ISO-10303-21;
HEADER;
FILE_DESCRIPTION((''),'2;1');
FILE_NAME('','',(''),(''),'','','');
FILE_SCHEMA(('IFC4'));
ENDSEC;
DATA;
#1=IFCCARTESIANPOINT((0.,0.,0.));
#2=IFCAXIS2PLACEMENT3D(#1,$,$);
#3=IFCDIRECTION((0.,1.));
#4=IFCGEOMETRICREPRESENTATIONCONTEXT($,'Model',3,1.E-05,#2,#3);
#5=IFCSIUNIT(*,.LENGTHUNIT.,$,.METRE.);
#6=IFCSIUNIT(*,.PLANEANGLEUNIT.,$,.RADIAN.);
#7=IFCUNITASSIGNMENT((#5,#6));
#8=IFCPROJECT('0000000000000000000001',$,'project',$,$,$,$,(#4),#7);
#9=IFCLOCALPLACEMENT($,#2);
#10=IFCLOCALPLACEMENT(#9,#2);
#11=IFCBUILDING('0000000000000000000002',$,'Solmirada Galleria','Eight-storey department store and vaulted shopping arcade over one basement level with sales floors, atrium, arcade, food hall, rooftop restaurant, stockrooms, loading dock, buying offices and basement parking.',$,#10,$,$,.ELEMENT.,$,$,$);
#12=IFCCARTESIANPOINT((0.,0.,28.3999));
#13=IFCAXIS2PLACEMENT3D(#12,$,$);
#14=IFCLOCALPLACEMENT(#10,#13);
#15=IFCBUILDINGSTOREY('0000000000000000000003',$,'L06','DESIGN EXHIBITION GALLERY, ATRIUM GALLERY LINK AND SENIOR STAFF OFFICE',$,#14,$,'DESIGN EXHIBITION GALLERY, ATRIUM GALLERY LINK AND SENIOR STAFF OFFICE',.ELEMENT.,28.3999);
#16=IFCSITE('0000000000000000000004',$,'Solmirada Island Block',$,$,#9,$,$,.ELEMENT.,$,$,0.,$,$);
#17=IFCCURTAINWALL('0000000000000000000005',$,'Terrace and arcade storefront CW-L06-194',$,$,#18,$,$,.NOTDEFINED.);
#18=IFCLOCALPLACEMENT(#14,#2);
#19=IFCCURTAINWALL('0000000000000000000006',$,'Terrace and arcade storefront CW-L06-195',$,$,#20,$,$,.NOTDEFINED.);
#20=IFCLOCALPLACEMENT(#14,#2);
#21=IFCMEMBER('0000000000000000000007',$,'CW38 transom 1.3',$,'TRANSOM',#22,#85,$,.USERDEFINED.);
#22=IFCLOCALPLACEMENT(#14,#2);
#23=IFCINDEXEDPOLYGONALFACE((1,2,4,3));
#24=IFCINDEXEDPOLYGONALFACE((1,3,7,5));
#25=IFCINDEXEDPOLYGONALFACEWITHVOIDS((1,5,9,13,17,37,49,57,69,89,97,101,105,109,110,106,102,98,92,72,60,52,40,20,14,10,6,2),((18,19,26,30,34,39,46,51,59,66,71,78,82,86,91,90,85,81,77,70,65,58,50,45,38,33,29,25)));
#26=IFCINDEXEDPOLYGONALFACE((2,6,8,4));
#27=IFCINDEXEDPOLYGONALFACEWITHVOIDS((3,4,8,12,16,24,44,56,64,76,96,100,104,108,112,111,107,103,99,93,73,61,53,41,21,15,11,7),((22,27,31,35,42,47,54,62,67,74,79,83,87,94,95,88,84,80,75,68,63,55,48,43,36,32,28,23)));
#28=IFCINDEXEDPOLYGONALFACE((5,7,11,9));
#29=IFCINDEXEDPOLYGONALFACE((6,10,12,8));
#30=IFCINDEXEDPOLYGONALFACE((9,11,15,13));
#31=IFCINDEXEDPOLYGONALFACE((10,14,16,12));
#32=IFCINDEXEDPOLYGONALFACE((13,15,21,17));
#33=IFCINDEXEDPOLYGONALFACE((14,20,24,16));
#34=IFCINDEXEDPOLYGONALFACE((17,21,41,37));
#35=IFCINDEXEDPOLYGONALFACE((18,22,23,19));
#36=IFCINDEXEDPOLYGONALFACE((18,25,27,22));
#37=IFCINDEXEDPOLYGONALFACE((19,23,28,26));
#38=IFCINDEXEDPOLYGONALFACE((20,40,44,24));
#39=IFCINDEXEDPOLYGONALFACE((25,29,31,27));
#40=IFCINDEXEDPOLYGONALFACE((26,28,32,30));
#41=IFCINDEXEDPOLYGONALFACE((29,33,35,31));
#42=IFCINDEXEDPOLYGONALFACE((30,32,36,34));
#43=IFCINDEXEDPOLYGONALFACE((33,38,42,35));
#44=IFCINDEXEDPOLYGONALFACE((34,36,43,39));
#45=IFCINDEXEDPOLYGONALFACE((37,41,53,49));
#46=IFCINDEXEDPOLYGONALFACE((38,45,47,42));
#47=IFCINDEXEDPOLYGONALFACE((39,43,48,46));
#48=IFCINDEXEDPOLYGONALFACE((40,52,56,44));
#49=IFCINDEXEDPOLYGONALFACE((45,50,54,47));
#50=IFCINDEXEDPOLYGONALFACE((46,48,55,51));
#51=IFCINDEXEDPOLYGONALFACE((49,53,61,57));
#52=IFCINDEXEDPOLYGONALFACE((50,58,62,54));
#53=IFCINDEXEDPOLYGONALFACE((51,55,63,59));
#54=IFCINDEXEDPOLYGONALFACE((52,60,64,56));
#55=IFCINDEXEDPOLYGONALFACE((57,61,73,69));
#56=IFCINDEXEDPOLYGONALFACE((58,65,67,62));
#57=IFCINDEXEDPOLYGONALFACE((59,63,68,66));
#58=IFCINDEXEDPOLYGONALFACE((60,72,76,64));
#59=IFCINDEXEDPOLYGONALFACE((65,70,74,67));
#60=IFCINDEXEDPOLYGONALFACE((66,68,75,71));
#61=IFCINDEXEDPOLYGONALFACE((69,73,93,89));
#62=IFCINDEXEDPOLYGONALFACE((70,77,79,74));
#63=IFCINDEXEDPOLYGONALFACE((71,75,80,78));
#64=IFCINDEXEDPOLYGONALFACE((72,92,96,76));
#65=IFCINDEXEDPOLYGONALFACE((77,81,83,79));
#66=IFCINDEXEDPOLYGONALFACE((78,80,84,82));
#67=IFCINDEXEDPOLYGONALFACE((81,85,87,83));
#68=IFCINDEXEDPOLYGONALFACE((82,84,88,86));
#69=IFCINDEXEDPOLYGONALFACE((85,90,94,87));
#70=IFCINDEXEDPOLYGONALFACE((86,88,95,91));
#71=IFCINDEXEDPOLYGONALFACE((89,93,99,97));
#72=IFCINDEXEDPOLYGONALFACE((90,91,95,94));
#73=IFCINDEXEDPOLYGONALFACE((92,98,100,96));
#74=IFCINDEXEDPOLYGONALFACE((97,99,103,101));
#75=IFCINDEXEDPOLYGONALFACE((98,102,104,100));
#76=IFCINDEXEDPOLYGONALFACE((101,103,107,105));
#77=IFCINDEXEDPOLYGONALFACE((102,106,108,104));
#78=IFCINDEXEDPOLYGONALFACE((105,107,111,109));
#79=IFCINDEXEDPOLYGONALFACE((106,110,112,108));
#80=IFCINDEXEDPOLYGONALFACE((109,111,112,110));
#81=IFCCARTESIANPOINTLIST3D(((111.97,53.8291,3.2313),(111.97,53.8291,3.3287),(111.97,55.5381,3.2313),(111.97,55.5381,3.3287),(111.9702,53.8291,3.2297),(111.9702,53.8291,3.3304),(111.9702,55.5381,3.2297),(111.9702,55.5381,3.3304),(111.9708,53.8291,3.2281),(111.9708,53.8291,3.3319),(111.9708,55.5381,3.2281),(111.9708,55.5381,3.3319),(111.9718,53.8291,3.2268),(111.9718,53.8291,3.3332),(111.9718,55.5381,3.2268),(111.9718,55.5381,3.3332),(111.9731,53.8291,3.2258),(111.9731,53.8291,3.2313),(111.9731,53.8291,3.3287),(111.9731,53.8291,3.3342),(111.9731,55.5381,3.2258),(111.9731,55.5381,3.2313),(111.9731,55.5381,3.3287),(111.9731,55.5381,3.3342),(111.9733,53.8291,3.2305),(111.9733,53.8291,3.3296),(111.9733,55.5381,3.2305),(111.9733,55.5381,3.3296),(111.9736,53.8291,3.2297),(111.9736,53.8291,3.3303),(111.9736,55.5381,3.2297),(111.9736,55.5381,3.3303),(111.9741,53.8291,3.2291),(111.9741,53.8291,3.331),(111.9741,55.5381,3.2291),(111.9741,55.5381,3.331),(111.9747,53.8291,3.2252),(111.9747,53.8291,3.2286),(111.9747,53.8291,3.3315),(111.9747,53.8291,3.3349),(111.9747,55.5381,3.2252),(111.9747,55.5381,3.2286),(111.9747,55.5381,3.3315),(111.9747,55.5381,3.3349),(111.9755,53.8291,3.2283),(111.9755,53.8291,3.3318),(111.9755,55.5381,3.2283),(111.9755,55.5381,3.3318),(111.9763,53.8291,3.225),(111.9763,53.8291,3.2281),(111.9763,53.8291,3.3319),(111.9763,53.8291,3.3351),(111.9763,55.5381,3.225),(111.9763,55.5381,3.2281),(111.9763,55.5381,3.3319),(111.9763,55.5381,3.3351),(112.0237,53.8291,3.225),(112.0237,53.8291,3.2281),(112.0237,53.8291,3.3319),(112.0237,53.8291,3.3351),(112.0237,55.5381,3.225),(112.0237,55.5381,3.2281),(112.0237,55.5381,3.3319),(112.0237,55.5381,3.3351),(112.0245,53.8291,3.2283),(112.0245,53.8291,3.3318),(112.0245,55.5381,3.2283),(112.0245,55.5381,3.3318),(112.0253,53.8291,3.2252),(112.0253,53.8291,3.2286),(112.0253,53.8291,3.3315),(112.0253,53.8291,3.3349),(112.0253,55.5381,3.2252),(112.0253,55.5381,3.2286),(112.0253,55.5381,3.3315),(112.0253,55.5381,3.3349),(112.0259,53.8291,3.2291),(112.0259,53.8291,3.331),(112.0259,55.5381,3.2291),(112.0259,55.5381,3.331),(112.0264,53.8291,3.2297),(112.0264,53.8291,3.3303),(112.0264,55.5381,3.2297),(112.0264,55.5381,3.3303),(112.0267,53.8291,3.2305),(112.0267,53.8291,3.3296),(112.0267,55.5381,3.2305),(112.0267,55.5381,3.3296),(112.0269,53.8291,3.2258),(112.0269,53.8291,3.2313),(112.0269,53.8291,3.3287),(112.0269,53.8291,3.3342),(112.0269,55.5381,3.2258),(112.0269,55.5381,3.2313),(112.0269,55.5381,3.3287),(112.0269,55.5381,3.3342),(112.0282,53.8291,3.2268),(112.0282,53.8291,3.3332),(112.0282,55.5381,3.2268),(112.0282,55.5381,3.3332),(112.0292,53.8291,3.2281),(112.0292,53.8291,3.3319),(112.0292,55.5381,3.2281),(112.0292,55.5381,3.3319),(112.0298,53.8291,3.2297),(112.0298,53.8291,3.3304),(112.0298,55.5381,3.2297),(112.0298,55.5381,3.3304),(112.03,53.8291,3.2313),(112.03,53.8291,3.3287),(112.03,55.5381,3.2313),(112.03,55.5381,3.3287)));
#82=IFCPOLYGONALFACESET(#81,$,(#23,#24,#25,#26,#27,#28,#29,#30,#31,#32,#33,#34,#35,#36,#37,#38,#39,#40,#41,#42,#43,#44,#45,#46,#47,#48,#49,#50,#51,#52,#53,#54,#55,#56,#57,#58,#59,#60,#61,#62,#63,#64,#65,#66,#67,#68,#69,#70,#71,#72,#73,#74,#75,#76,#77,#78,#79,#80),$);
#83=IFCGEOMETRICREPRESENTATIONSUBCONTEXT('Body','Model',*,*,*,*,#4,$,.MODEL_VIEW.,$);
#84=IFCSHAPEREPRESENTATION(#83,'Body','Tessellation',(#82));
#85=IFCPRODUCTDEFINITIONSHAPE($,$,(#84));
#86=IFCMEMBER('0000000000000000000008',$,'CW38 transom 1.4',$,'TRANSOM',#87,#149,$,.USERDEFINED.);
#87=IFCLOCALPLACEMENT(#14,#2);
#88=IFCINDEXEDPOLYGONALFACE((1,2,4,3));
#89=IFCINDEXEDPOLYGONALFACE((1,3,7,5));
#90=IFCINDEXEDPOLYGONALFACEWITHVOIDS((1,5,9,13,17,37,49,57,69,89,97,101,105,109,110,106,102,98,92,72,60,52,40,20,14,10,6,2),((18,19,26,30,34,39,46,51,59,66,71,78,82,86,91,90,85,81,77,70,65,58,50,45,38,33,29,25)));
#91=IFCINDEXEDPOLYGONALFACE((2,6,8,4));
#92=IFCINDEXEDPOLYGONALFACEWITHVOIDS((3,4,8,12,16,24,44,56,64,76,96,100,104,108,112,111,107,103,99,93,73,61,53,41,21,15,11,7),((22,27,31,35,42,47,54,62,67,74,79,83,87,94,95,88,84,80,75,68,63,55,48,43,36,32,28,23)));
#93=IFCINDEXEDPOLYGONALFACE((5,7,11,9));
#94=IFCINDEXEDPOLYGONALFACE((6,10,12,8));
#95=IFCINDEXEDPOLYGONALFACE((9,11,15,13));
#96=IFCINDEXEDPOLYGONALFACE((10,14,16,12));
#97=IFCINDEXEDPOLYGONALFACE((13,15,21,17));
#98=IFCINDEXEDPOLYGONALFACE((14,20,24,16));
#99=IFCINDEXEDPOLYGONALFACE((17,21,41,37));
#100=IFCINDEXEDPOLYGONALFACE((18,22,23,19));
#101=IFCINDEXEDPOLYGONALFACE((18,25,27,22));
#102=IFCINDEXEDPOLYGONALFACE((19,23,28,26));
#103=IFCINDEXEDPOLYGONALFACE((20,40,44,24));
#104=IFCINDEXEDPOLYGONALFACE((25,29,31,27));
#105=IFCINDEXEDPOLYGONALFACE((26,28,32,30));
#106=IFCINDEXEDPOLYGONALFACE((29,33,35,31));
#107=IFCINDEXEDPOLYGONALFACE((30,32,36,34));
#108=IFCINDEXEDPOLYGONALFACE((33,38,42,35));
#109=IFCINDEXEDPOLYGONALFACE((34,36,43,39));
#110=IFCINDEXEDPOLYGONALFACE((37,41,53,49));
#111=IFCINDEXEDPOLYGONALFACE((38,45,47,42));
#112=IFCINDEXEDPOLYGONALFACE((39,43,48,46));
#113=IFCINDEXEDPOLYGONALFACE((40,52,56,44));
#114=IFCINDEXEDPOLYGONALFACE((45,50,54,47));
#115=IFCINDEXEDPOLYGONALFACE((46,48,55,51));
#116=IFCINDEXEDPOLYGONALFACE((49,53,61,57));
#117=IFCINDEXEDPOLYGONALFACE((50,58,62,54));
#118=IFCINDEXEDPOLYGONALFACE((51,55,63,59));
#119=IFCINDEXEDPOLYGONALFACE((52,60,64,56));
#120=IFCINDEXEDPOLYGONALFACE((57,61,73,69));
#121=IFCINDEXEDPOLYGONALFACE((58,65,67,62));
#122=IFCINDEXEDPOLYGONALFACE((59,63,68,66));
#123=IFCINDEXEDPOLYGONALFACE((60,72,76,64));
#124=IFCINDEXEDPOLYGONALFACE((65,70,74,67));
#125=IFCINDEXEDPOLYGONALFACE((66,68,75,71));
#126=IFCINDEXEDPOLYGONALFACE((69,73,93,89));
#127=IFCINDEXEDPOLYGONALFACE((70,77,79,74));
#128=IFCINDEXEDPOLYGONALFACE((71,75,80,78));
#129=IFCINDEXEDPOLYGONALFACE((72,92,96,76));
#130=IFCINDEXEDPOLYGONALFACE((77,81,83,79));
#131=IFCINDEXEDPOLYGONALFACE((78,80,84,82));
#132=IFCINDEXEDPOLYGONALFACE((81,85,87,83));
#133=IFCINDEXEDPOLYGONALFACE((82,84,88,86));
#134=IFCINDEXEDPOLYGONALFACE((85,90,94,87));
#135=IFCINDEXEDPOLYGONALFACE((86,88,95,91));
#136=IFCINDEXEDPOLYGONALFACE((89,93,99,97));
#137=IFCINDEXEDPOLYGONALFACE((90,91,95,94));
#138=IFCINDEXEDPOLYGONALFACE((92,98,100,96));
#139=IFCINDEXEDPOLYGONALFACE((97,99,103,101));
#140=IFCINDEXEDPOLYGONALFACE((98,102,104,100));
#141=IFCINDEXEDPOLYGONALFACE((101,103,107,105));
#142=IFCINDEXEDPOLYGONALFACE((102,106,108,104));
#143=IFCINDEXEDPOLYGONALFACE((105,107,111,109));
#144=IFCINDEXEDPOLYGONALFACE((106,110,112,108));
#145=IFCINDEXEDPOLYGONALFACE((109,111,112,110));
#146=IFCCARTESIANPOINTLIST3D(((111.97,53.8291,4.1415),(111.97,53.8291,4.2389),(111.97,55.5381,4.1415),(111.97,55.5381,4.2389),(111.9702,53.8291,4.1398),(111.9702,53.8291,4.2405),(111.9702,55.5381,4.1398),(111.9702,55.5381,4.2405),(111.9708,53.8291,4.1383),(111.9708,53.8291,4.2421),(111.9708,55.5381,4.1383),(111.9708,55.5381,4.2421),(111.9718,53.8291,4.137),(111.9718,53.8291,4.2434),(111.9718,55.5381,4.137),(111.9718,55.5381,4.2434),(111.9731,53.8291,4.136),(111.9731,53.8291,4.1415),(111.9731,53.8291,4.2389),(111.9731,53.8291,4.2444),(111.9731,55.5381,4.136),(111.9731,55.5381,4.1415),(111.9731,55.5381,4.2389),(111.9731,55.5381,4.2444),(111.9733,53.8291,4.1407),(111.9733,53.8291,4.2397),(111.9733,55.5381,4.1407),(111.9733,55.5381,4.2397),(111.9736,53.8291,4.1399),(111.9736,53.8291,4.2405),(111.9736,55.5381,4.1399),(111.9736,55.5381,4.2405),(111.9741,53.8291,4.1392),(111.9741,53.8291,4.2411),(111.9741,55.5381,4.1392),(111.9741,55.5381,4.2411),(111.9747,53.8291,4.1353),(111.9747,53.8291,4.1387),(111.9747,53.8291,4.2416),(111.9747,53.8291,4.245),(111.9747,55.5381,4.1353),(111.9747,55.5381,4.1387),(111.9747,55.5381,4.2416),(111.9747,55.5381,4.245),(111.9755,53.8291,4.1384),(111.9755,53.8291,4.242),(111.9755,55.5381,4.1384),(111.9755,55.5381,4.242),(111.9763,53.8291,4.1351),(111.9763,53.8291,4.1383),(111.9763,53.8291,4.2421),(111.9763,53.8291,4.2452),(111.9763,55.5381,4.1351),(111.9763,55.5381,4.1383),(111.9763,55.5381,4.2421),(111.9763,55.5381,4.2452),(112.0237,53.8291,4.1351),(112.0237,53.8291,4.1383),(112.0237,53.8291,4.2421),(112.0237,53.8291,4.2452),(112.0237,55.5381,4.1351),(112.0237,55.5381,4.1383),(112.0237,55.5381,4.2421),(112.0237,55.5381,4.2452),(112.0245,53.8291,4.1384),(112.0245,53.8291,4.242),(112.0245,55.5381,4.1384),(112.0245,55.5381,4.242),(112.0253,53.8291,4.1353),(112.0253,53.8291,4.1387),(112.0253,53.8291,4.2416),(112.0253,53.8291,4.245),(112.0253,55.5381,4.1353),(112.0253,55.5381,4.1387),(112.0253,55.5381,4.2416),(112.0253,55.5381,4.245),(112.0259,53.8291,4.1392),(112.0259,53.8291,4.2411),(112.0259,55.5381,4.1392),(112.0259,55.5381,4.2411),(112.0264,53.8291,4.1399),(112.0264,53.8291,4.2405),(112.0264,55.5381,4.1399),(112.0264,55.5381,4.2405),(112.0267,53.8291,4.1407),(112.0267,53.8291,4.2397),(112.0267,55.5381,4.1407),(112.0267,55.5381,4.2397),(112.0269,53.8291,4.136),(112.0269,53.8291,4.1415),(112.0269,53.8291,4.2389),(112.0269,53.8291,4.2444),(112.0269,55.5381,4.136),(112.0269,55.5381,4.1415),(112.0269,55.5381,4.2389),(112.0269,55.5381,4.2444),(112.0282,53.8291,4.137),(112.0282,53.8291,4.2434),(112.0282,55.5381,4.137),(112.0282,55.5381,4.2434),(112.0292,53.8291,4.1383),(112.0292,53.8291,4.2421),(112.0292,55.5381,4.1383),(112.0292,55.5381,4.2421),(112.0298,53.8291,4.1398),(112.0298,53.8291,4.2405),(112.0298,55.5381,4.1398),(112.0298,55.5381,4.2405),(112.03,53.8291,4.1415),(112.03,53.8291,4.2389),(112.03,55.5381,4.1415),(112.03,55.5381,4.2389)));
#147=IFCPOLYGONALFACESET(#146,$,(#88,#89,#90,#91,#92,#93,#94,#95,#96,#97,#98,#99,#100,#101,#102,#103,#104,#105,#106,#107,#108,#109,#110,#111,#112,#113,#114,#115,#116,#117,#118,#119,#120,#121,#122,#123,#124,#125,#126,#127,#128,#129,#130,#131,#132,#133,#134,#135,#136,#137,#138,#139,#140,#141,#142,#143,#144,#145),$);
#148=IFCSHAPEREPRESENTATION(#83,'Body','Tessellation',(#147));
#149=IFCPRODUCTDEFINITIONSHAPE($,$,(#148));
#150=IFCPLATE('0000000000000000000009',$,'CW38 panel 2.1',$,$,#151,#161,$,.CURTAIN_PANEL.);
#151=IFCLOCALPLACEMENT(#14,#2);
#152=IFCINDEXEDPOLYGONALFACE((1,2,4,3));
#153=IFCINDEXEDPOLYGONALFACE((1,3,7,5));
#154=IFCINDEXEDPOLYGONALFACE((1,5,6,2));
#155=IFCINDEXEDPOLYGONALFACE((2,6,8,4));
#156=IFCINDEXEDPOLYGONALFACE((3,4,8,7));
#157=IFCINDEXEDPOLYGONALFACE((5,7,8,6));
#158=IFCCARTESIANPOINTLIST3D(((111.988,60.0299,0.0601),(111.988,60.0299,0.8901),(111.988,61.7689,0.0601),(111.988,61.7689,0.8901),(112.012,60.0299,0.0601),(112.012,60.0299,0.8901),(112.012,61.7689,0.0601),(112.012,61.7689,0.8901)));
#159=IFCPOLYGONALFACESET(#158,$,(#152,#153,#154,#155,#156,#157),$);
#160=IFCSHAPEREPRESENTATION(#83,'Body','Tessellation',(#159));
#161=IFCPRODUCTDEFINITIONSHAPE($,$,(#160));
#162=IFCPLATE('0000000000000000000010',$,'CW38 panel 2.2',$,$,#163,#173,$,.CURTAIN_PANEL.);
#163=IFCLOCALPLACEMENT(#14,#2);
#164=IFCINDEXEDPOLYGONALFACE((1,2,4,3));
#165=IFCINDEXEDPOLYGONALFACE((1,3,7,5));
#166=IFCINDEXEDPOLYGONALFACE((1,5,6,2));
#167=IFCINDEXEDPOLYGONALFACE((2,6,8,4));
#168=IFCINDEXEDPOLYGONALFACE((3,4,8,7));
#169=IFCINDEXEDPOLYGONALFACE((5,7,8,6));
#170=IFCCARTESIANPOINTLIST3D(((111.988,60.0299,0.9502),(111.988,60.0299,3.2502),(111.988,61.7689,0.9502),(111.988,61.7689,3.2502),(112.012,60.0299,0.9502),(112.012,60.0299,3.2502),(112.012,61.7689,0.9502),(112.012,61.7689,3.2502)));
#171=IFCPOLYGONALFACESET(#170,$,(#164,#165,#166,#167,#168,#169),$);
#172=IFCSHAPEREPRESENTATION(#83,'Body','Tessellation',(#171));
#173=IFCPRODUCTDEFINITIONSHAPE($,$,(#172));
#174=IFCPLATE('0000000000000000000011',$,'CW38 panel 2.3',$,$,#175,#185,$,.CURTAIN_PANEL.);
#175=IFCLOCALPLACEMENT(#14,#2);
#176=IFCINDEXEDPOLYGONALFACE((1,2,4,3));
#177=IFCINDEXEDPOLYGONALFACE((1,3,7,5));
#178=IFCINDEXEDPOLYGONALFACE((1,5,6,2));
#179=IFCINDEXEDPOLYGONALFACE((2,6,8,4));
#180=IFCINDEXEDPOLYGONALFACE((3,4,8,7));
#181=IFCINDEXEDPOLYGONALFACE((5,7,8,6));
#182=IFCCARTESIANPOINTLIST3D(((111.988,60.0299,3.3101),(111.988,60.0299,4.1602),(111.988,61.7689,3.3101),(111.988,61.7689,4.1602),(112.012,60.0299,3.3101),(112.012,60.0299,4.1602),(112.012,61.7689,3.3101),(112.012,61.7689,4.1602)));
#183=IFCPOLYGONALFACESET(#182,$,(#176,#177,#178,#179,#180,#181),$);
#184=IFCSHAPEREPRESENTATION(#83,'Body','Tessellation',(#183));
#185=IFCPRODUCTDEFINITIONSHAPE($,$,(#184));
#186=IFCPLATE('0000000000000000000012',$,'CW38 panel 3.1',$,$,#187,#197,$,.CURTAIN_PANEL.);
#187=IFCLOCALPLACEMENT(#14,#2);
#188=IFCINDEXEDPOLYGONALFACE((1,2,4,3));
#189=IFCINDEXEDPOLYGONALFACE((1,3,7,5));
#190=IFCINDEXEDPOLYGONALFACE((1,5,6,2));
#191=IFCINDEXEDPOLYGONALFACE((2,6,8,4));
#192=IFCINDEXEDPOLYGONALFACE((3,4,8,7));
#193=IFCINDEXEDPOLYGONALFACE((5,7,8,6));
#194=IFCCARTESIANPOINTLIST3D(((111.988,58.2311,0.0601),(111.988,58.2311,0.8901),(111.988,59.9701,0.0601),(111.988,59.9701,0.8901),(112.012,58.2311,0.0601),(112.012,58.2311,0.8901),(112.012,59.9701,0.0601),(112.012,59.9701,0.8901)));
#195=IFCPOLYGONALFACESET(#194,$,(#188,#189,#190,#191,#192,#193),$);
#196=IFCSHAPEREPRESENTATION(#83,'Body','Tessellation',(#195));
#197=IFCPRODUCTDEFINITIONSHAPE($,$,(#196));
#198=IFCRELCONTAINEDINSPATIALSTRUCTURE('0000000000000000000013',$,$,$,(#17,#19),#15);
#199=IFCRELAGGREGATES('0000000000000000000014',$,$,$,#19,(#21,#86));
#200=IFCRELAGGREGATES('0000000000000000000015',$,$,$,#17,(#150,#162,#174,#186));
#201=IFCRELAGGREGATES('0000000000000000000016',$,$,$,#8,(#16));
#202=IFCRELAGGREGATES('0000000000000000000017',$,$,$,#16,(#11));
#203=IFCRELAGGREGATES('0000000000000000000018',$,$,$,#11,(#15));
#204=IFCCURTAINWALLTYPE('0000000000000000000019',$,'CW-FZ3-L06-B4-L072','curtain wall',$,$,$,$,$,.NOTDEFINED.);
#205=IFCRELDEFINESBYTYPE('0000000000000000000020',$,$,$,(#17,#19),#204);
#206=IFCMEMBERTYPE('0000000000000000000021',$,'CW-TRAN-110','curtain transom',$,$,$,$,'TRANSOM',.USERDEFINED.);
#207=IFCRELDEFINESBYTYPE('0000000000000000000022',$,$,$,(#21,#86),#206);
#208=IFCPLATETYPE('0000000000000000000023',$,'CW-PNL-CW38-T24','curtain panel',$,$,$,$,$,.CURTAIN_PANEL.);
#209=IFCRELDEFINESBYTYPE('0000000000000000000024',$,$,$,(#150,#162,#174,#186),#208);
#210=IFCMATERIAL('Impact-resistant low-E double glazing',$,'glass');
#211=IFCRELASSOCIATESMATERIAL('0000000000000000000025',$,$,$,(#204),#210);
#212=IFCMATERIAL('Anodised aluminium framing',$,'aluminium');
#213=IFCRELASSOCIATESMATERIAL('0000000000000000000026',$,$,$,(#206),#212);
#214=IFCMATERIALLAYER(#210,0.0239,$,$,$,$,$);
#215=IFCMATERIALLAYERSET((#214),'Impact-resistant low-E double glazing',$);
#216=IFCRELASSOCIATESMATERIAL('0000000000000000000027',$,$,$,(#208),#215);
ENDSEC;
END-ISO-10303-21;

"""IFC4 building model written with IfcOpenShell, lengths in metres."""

from ifc_helpers import new_model, si_unit, direction, frame, origin, origin_2d, place, context, subcontext, project, spatial, rectangle, hollow_rectangle, extrude, material, layer, layer_set, material_profile, profile_set, type_object, element, aggregate, save


model = new_model("IFC4")

# Units and contexts
model_context = context("Model", 3, precision=1e-05, world=origin(), true_north=direction((0.0, 1.0)))
body_context = subcontext(model_context, "Body", "Model", "MODEL_VIEW")
ifc_project = project(units=[si_unit("LENGTHUNIT", "METRE"), si_unit("PLANEANGLEUNIT", "RADIAN")], contexts=[model_context])

# Site, building, storey
site_placement = place(None, origin())
site = spatial("IfcSite", under=ifc_project, at=site_placement, Name="Solmirada Island Block", CompositionType="ELEMENT", RefElevation=0.0)
building_placement = place(site_placement, origin())
building = spatial("IfcBuilding", under=site, at=building_placement, Name="Solmirada Galleria", Description="Eight-storey department store and vaulted shopping arcade over one basement level with sales floors, atrium, arcade, food hall, rooftop restaurant, stockrooms, loading dock, buying offices and basement parking.", CompositionType="ELEMENT")
storey_placement = place(building_placement, frame((0.0, 0.0, 28.3999)))
storey = spatial("IfcBuildingStorey", under=building, at=storey_placement, Name="L06", Description="DESIGN EXHIBITION GALLERY, ATRIUM GALLERY LINK AND SENIOR STAFF OFFICE", LongName="DESIGN EXHIBITION GALLERY, ATRIUM GALLERY LINK AND SENIOR STAFF OFFICE", CompositionType="ELEMENT", Elevation=28.3999)

# Curtain wall
ifc_material_1 = material(Name="Impact-resistant low-E double glazing", Category="glass")
curtain_wall_type = type_object("IfcCurtainWallType", Name="CW-FZ3-L06-B4-L072", Description="curtain wall", PredefinedType="NOTDEFINED", material=ifc_material_1)
curtain_wall_1_placement = place(storey_placement, origin())
curtain_wall_1 = element("IfcCurtainWall", 1, at=curtain_wall_1_placement, inside=storey, type_object=curtain_wall_type, Name="Terrace and arcade storefront CW-L06-194", PredefinedType="NOTDEFINED")
ifc_material_2 = material(Name="Anodised aluminium framing", Category="aluminium")

# Curtain wall
curtain_wall_2_placement = place(storey_placement, origin())
curtain_wall_2 = element("IfcCurtainWall", 2, at=curtain_wall_2_placement, inside=storey, type_object=curtain_wall_type, Name="Terrace and arcade storefront CW-L06-195", PredefinedType="NOTDEFINED")

# Members
ifc_material_profile_1 = material_profile(ifc_material_2, hollow_rectangle(XDim=0.0601, YDim=0.1101, WallThickness=0.0032, InnerFilletRadius=0.0032, OuterFilletRadius=0.0063, at=origin_2d()), Name="ALU-TRAN-110X60")
ifc_profile_set_1 = profile_set([ifc_material_profile_1], Name="Anodised aluminium framing")
member_type_1 = type_object("IfcMemberType", Name="CW-TRAN-110", Description="curtain transom", ElementType="TRANSOM", PredefinedType="USERDEFINED", material=ifc_profile_set_1)
member_1_placement = place(storey_placement, frame((112.0, 55.5381, 3.28), z_axis=(0.0, -1.0, 0.0), x_axis=(1.0, 0.0, 0.0)))
member_1 = element("IfcMember", 3, at=member_1_placement, type_object=member_type_1, Name="CW38 transom 1.3", ObjectType="TRANSOM", PredefinedType="USERDEFINED", context=body_context, shape_type="SweptSolid", body=[
    extrude(hollow_rectangle(XDim=0.0601, YDim=0.1101, WallThickness=0.0032, InnerFilletRadius=0.0032, OuterFilletRadius=0.0063, at=origin_2d()), origin(), (0.0, 0.0, 1.0), 1.709),
])
member_2_placement = place(storey_placement, frame((112.0, 55.5381, 4.1902), z_axis=(0.0, -1.0, 0.0), x_axis=(1.0, 0.0, 0.0)))
member_2 = element("IfcMember", 4, at=member_2_placement, type_object=member_type_1, Name="CW38 transom 1.4", ObjectType="TRANSOM", PredefinedType="USERDEFINED", context=body_context, shape_type="SweptSolid", body=[
    extrude(hollow_rectangle(XDim=0.0601, YDim=0.1101, WallThickness=0.0032, InnerFilletRadius=0.0032, OuterFilletRadius=0.0063, at=origin_2d()), origin(), (0.0, 0.0, 1.0), 1.709),
])
aggregate(curtain_wall_2, [member_1, member_2])

# Plates
ifc_layer = layer(ifc_material_1, 0.0239)
ifc_layer_set = layer_set([ifc_layer], Name="Impact-resistant low-E double glazing")
plate_type = type_object("IfcPlateType", Name="CW-PNL-CW38-T24", Description="curtain panel", PredefinedType="CURTAIN_PANEL", material=ifc_layer_set)
plate_1_placement = place(storey_placement, frame((112.0, 60.8994, 0.0601), z_axis=(0.0, 0.0, 1.0), x_axis=(0.0, -1.0, 0.0)))
plate_1 = element("IfcPlate", 5, at=plate_1_placement, type_object=plate_type, Name="CW38 panel 2.1", PredefinedType="CURTAIN_PANEL", context=body_context, shape_type="SweptSolid", body=[
    extrude(rectangle(XDim=1.739, YDim=0.0239, at=origin_2d()), origin(), (0.0, 0.0, 1.0), 0.8301),
])
plate_2_placement = place(storey_placement, frame((112.0, 60.8994, 0.9502), z_axis=(0.0, 0.0, 1.0), x_axis=(0.0, -1.0, 0.0)))
plate_2 = element("IfcPlate", 6, at=plate_2_placement, type_object=plate_type, Name="CW38 panel 2.2", PredefinedType="CURTAIN_PANEL", context=body_context, shape_type="SweptSolid", body=[
    extrude(rectangle(XDim=1.739, YDim=0.0239, at=origin_2d()), origin(), (0.0, 0.0, 1.0), 2.3),
])
plate_3_placement = place(storey_placement, frame((112.0, 60.8994, 3.3101), z_axis=(0.0, 0.0, 1.0), x_axis=(0.0, -1.0, 0.0)))
plate_3 = element("IfcPlate", 7, at=plate_3_placement, type_object=plate_type, Name="CW38 panel 2.3", PredefinedType="CURTAIN_PANEL", context=body_context, shape_type="SweptSolid", body=[
    extrude(rectangle(XDim=1.739, YDim=0.0239, at=origin_2d()), origin(), (0.0, 0.0, 1.0), 0.8501),
])
plate_4_placement = place(storey_placement, frame((112.0, 59.1006, 0.0601), z_axis=(0.0, 0.0, 1.0), x_axis=(0.0, -1.0, 0.0)))
plate_4 = element("IfcPlate", 8, at=plate_4_placement, type_object=plate_type, Name="CW38 panel 3.1", PredefinedType="CURTAIN_PANEL", context=body_context, shape_type="SweptSolid", body=[
    extrude(rectangle(XDim=1.739, YDim=0.0239, at=origin_2d()), origin(), (0.0, 0.0, 1.0), 0.8301),
])
aggregate(curtain_wall_1, [plate_1, plate_2, plate_3, plate_4])

save(model, "model.ifc")
